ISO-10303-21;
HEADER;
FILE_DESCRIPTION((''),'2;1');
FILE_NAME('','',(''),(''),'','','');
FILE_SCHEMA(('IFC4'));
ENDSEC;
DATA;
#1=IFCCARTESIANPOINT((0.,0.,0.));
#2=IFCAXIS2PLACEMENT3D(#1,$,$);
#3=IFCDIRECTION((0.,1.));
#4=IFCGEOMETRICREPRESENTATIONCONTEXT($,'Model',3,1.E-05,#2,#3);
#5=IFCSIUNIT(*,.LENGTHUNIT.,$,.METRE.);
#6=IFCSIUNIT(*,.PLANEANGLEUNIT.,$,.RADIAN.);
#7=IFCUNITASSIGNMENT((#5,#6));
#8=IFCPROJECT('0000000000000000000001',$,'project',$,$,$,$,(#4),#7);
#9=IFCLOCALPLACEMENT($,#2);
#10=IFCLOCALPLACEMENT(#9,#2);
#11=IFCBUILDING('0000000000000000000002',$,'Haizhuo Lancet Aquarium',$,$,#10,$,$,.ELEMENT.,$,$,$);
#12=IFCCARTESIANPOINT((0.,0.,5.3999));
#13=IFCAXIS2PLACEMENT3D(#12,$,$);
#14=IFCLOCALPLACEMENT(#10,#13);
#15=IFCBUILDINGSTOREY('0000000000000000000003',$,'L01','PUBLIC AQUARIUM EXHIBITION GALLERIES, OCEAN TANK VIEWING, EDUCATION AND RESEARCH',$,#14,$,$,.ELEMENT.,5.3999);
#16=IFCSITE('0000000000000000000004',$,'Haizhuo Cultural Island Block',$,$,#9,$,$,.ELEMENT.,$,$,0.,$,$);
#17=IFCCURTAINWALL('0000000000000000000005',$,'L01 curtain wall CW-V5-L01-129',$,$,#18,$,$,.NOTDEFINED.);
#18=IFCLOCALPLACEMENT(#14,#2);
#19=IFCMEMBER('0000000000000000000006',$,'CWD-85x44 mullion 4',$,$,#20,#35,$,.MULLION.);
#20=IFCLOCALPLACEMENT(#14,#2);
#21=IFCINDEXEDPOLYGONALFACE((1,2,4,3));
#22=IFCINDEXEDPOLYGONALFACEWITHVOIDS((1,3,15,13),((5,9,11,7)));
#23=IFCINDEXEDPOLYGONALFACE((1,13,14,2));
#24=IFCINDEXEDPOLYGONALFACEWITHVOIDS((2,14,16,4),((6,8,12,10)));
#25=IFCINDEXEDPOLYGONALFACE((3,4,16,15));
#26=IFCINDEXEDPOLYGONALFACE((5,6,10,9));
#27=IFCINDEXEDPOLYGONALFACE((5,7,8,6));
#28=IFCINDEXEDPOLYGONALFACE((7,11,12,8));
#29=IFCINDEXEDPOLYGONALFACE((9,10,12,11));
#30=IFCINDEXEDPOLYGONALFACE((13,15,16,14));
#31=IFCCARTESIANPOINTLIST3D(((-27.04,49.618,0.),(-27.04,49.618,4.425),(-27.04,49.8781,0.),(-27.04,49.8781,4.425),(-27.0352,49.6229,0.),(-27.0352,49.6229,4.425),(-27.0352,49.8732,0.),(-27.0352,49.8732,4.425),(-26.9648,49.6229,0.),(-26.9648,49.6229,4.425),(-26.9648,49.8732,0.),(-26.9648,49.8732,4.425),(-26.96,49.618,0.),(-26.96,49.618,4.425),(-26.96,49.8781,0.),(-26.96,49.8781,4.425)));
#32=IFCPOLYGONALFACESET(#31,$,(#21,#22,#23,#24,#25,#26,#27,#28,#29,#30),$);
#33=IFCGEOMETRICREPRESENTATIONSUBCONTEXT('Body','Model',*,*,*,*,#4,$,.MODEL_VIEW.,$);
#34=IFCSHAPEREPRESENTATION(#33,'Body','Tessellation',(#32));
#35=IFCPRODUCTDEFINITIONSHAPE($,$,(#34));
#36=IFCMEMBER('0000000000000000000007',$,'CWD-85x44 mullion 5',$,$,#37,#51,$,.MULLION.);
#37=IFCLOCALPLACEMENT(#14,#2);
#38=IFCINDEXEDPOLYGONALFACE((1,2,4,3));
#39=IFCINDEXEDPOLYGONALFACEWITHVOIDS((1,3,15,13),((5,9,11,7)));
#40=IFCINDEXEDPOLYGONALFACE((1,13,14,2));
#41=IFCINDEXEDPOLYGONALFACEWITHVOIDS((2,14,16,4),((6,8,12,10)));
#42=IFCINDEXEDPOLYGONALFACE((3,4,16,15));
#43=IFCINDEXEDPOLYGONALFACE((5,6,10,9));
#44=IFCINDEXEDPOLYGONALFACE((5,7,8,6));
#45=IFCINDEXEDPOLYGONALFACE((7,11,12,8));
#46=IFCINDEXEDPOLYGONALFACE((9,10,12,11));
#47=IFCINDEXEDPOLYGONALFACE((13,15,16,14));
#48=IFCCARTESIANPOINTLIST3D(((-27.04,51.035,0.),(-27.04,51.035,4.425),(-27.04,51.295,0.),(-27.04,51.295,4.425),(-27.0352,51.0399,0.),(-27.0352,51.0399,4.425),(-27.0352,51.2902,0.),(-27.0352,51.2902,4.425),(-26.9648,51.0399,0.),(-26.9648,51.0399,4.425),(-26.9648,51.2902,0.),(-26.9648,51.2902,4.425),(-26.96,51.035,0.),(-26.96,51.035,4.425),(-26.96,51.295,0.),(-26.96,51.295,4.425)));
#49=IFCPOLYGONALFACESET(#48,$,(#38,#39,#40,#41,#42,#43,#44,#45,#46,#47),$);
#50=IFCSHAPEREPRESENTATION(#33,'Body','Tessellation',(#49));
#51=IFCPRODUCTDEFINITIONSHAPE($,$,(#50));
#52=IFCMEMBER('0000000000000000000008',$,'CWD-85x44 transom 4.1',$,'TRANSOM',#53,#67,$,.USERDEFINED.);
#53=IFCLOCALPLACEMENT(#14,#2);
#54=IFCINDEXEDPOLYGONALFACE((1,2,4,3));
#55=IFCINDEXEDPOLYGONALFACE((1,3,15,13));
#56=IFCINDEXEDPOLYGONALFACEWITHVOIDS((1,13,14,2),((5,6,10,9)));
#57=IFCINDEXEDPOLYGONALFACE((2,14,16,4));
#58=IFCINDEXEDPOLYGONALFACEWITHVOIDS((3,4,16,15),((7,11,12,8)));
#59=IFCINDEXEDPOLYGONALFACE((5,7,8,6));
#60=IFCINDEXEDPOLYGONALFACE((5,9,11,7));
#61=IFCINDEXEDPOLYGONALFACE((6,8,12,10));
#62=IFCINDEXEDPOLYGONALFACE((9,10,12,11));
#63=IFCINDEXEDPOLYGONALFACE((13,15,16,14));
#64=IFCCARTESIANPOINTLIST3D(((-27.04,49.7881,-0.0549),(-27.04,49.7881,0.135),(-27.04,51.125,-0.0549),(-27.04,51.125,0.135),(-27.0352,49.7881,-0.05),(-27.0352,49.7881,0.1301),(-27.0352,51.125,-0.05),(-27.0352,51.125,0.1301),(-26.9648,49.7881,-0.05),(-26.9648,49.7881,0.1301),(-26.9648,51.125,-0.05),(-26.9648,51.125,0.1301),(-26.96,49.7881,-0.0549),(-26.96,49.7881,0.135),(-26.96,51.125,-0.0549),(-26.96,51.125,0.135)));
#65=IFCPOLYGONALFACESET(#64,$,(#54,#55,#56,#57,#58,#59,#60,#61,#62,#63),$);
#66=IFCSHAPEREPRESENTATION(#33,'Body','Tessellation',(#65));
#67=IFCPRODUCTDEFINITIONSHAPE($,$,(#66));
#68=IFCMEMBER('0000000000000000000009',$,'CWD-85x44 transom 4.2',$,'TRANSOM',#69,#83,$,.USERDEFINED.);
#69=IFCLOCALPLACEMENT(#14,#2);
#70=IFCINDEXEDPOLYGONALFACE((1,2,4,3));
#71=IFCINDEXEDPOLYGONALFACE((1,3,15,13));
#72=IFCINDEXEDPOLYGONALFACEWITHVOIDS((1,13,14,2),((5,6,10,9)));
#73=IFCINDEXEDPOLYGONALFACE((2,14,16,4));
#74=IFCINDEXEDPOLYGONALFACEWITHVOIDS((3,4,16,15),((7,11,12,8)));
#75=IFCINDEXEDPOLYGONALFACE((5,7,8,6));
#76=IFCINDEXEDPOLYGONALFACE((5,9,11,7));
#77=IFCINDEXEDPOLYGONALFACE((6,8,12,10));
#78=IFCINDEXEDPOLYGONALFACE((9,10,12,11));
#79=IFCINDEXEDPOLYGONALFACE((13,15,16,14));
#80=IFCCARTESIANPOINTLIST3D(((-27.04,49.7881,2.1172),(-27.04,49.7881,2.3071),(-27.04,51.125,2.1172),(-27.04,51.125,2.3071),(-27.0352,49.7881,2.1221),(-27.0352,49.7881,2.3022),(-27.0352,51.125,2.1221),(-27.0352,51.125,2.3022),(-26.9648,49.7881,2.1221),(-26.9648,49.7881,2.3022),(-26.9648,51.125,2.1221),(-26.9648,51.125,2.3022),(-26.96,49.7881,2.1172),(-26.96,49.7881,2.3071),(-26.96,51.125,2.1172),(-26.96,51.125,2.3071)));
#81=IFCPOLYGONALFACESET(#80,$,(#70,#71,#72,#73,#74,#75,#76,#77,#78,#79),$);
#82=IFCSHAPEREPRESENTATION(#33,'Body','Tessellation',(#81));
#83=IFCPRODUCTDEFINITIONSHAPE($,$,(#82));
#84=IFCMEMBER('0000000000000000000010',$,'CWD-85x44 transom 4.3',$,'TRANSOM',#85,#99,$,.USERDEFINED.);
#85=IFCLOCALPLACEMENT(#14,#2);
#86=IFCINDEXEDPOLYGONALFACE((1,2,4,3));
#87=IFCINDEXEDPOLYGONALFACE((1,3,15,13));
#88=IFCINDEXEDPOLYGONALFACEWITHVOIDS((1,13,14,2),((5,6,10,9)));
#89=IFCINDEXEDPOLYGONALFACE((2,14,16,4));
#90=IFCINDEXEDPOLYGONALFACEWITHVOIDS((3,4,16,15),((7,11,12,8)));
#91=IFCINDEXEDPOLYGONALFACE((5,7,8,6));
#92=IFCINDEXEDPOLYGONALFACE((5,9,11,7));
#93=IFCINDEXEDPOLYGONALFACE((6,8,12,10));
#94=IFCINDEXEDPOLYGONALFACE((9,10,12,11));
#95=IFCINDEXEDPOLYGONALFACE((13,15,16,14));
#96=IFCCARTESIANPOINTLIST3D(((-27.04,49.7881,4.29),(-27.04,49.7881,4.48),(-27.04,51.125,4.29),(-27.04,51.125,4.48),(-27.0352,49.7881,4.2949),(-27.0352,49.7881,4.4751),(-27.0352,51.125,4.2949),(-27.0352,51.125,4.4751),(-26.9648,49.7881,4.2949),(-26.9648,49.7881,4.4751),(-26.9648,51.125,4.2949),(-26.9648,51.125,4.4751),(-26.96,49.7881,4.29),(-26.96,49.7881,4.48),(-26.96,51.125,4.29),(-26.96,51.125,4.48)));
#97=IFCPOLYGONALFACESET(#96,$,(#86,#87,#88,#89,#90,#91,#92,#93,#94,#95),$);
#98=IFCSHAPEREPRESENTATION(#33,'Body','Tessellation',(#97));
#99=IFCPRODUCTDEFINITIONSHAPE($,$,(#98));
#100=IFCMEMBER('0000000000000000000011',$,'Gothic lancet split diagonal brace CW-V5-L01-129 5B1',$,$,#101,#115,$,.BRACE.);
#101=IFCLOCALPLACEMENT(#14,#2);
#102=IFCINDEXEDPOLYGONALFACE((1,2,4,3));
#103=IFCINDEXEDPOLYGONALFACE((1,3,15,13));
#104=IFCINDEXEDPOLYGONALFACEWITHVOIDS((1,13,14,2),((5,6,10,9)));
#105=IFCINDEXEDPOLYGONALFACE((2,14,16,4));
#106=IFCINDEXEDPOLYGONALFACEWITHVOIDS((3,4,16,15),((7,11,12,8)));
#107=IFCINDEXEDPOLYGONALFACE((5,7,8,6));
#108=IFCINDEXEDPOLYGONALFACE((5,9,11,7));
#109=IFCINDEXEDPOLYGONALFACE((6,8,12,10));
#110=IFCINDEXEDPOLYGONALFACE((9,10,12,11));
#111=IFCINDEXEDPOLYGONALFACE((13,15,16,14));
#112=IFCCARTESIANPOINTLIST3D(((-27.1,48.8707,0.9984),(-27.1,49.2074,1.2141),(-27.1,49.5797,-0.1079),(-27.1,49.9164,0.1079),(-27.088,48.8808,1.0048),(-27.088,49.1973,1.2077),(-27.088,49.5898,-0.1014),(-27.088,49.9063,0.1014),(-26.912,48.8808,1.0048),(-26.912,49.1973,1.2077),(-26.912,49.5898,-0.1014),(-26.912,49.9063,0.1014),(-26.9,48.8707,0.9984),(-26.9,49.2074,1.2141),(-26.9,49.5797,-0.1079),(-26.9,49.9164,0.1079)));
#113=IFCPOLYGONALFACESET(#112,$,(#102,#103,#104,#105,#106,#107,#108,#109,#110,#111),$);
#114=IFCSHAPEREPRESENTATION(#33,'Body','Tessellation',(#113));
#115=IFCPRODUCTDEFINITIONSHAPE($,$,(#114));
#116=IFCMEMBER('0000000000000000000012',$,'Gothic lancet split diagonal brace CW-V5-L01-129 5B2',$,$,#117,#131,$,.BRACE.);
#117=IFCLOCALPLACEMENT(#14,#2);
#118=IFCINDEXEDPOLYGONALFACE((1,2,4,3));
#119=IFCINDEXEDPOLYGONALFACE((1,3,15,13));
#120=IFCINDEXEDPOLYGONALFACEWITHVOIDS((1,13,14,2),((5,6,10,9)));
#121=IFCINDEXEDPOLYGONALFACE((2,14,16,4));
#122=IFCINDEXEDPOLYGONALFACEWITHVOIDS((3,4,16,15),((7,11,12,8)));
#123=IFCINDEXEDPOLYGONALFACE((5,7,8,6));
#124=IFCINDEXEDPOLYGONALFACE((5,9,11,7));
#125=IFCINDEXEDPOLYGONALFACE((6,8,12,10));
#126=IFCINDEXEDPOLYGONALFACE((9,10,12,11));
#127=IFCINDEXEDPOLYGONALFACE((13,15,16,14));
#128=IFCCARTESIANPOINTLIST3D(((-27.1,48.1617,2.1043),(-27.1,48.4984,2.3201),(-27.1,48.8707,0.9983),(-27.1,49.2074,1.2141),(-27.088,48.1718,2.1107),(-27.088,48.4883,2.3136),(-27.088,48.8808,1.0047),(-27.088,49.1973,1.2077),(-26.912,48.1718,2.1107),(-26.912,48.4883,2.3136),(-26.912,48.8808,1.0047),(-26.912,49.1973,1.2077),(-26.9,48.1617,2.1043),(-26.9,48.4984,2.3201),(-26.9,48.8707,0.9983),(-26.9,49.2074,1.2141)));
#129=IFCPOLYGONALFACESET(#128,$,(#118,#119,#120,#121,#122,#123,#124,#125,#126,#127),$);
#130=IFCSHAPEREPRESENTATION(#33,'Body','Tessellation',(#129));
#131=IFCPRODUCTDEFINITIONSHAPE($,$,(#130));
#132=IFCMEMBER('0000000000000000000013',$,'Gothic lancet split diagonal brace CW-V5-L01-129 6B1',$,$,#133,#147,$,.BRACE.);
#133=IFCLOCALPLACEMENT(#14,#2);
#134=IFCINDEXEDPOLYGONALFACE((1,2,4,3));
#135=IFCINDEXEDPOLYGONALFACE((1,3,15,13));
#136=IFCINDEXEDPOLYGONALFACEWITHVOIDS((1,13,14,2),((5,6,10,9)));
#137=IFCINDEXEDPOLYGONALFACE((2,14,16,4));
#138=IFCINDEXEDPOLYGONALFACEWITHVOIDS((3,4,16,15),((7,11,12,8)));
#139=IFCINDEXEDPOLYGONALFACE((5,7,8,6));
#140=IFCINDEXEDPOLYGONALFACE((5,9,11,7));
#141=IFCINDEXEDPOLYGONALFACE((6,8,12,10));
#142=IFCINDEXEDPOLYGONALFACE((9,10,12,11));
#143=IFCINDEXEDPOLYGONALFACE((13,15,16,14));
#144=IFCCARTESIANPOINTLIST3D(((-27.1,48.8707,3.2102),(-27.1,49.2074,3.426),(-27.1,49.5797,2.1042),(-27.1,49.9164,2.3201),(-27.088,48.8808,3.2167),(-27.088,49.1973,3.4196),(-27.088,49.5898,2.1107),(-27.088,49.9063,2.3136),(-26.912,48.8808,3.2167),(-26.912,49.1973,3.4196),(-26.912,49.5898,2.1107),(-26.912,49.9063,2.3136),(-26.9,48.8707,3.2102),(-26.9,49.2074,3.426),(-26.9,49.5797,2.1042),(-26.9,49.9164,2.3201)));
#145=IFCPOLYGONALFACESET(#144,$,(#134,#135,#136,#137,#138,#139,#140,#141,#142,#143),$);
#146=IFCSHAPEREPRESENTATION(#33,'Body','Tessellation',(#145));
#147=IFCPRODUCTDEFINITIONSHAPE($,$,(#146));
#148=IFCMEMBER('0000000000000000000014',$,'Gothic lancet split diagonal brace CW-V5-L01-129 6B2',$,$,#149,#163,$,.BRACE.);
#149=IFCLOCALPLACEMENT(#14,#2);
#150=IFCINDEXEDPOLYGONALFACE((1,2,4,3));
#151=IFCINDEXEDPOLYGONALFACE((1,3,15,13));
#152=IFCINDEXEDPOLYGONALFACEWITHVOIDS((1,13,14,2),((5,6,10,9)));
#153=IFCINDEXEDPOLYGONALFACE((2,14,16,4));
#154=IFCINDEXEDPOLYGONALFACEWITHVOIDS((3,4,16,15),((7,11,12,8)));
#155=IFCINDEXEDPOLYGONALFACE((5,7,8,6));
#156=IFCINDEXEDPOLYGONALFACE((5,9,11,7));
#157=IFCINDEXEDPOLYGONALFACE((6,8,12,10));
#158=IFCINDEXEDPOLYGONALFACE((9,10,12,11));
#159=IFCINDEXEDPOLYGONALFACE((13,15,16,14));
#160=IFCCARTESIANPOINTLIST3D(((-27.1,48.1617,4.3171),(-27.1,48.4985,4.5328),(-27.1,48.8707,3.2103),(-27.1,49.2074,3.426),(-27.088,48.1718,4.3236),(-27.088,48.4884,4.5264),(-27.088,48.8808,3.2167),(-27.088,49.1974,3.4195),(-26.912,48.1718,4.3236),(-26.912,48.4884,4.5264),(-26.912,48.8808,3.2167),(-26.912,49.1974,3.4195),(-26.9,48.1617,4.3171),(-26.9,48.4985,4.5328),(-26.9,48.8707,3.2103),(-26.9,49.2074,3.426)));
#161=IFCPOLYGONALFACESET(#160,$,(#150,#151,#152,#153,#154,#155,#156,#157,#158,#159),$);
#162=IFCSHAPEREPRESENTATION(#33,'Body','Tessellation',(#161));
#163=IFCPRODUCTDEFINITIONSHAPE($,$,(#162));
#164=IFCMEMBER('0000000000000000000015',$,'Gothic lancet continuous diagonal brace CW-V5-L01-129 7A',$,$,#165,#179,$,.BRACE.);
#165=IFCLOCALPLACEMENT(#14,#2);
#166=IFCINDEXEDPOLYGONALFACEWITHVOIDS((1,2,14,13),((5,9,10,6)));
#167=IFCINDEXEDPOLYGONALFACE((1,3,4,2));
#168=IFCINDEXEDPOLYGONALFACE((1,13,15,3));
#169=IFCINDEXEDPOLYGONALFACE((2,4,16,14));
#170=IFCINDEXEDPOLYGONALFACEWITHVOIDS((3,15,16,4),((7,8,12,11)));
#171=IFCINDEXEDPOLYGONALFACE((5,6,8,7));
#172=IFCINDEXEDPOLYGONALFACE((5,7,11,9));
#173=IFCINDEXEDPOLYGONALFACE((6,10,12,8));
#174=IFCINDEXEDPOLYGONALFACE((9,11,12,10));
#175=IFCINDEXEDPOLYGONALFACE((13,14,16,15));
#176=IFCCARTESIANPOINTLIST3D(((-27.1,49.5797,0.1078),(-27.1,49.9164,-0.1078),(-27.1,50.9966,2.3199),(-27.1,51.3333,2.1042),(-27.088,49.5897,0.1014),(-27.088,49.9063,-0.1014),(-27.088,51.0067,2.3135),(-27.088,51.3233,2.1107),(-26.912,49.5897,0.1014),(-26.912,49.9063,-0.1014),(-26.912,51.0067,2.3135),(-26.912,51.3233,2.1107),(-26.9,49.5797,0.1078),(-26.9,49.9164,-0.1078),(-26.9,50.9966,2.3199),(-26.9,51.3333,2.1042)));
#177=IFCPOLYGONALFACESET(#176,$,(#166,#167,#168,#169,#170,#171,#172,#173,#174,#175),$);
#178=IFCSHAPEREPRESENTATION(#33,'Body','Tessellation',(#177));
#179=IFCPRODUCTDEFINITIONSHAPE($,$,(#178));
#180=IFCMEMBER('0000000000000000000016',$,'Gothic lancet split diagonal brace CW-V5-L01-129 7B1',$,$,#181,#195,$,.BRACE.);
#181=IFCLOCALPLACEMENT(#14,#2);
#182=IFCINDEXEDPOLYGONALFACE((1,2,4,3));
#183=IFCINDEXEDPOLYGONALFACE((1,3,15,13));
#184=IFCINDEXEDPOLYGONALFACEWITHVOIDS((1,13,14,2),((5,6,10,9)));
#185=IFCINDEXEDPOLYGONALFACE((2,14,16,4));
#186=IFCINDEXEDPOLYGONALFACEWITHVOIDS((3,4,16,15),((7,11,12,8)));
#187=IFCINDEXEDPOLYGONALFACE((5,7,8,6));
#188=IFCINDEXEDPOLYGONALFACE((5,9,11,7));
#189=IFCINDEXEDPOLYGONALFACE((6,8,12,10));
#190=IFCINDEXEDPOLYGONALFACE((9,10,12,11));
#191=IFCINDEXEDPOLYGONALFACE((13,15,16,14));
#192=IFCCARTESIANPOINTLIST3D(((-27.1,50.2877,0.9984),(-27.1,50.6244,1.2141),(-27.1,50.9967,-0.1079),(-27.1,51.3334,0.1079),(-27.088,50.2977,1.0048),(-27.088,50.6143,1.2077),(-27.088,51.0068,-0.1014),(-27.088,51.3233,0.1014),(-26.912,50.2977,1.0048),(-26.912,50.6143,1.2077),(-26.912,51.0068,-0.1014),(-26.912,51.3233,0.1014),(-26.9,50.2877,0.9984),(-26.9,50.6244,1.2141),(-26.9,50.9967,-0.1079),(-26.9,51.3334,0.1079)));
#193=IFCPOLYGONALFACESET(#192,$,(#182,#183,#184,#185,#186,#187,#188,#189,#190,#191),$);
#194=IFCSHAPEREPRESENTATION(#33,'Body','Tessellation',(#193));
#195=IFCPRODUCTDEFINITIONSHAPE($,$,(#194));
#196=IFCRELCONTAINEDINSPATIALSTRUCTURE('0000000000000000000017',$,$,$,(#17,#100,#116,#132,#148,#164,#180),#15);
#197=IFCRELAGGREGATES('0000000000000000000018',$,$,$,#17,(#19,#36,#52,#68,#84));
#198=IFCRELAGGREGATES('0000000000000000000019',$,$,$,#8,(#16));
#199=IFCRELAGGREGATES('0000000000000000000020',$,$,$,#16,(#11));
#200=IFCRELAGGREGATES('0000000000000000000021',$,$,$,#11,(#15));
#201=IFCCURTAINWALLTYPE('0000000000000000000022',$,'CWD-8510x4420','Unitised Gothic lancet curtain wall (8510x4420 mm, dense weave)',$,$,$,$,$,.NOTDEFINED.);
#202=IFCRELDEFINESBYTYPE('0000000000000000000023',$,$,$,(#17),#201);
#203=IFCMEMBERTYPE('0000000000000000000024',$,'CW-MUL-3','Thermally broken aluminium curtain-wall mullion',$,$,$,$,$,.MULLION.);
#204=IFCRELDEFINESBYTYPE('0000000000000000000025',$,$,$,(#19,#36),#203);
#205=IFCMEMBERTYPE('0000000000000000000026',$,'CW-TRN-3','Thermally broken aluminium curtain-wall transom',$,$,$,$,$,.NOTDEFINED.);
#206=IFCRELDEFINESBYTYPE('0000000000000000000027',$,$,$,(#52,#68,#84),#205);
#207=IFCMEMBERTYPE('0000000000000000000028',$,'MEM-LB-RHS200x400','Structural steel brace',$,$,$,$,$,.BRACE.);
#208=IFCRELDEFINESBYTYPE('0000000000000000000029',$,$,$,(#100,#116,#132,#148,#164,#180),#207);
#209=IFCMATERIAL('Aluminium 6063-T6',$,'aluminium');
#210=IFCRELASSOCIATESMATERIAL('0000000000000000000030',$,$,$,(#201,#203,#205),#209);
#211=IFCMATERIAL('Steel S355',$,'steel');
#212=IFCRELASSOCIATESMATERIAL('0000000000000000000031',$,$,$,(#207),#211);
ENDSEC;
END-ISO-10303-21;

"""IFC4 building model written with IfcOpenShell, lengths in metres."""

from ifc_helpers import new_model, si_unit, direction, frame, origin, origin_2d, place, context, subcontext, project, spatial, hollow_rectangle, extrude, material, material_profile, profile_set, type_object, element, aggregate, save


model = new_model("IFC4")

# Units and contexts
model_context = context("Model", 3, precision=1e-05, world=origin(), true_north=direction((0.0, 1.0)))
body_context = subcontext(model_context, "Body", "Model", "MODEL_VIEW")
ifc_project = project(units=[si_unit("LENGTHUNIT", "METRE"), si_unit("PLANEANGLEUNIT", "RADIAN")], contexts=[model_context])

# Site, building, storey
site_placement = place(None, origin())
site = spatial("IfcSite", under=ifc_project, at=site_placement, Name="Haizhuo Cultural Island Block", CompositionType="ELEMENT", RefElevation=0.0)
building_placement = place(site_placement, origin())
building = spatial("IfcBuilding", under=site, at=building_placement, Name="Haizhuo Lancet Aquarium", CompositionType="ELEMENT")
storey_placement = place(building_placement, frame((0.0, 0.0, 5.3999)))
storey = spatial("IfcBuildingStorey", under=building, at=storey_placement, Name="L01", Description="PUBLIC AQUARIUM EXHIBITION GALLERIES, OCEAN TANK VIEWING, EDUCATION AND RESEARCH", CompositionType="ELEMENT", Elevation=5.3999)

# Curtain wall, members
ifc_material_1 = material(Name="Aluminium 6063-T6", Category="aluminium")
curtain_wall_type = type_object("IfcCurtainWallType", Name="CWD-8510x4420", Description="Unitised Gothic lancet curtain wall (8510x4420 mm, dense weave)", PredefinedType="NOTDEFINED", material=ifc_material_1)
curtain_wall_placement = place(storey_placement, origin())
curtain_wall = element("IfcCurtainWall", 1, at=curtain_wall_placement, inside=storey, type_object=curtain_wall_type, Name="L01 curtain wall CW-V5-L01-129", PredefinedType="NOTDEFINED")
ifc_material_profile_1 = material_profile(ifc_material_1, hollow_rectangle(XDim=0.0801, YDim=0.26, WallThickness=0.0049, at=origin_2d()), Name="ALU-M 80x260x5")
ifc_profile_set_1 = profile_set([ifc_material_profile_1], Name="Aluminium 6063-T6")
member_type_1 = type_object("IfcMemberType", Name="CW-MUL-3", Description="Thermally broken aluminium curtain-wall mullion", PredefinedType="MULLION", material=ifc_profile_set_1)
member_1_placement = place(storey_placement, frame((-27.0, 49.748, 0.0), z_axis=(0.0, 0.0, 1.0), x_axis=(-1.0, 0.0, 0.0)))
member_1 = element("IfcMember", 2, at=member_1_placement, type_object=member_type_1, Name="CWD-85x44 mullion 4", PredefinedType="MULLION", context=body_context, shape_type="SweptSolid", body=[
    extrude(hollow_rectangle(XDim=0.0801, YDim=0.26, WallThickness=0.0049, at=origin_2d()), origin(), (0.0, 0.0, 1.0), 4.425),
])
member_2_placement = place(storey_placement, frame((-27.0, 51.165, 0.0), z_axis=(0.0, 0.0, 1.0), x_axis=(-1.0, 0.0, 0.0)))
member_2 = element("IfcMember", 3, at=member_2_placement, type_object=member_type_1, Name="CWD-85x44 mullion 5", PredefinedType="MULLION", context=body_context, shape_type="SweptSolid", body=[
    extrude(hollow_rectangle(XDim=0.0801, YDim=0.26, WallThickness=0.0049, at=origin_2d()), origin(), (0.0, 0.0, 1.0), 4.425),
])
ifc_material_profile_2 = material_profile(ifc_material_1, hollow_rectangle(XDim=0.0801, YDim=0.1899, WallThickness=0.0049, at=origin_2d()), Name="ALU-T 80x190x5")
ifc_profile_set_2 = profile_set([ifc_material_profile_2], Name="Aluminium 6063-T6")
member_type_2 = type_object("IfcMemberType", Name="CW-TRN-3", Description="Thermally broken aluminium curtain-wall transom", PredefinedType="NOTDEFINED", material=ifc_profile_set_2)
member_3_placement = place(storey_placement, frame((-27.0, 49.7881, 0.04), z_axis=(0.0, 1.0, 0.0), x_axis=(-1.0, 0.0, 0.0)))
member_3 = element("IfcMember", 4, at=member_3_placement, type_object=member_type_2, Name="CWD-85x44 transom 4.1", ObjectType="TRANSOM", PredefinedType="USERDEFINED", context=body_context, shape_type="SweptSolid", body=[
    extrude(hollow_rectangle(XDim=0.0801, YDim=0.1899, WallThickness=0.0049, at=origin_2d()), origin(), (0.0, 0.0, 1.0), 1.3369),
])
member_4_placement = place(storey_placement, frame((-27.0, 49.7881, 2.2122), z_axis=(0.0, 1.0, 0.0), x_axis=(-1.0, 0.0, 0.0)))
member_4 = element("IfcMember", 5, at=member_4_placement, type_object=member_type_2, Name="CWD-85x44 transom 4.2", ObjectType="TRANSOM", PredefinedType="USERDEFINED", context=body_context, shape_type="SweptSolid", body=[
    extrude(hollow_rectangle(XDim=0.0801, YDim=0.1899, WallThickness=0.0049, at=origin_2d()), origin(), (0.0, 0.0, 1.0), 1.3369),
])
member_5_placement = place(storey_placement, frame((-27.0, 49.7881, 4.385), z_axis=(0.0, 1.0, 0.0), x_axis=(-1.0, 0.0, 0.0)))
member_5 = element("IfcMember", 6, at=member_5_placement, type_object=member_type_2, Name="CWD-85x44 transom 4.3", ObjectType="TRANSOM", PredefinedType="USERDEFINED", context=body_context, shape_type="SweptSolid", body=[
    extrude(hollow_rectangle(XDim=0.0801, YDim=0.1899, WallThickness=0.0049, at=origin_2d()), origin(), (0.0, 0.0, 1.0), 1.3369),
])

# Members
ifc_material_2 = material(Name="Steel S355", Category="steel")
ifc_material_profile_3 = material_profile(ifc_material_2, hollow_rectangle(XDim=0.2, YDim=0.3999, WallThickness=0.012, at=origin_2d()), Name="RHS 200x400x12")
ifc_profile_set_3 = profile_set([ifc_material_profile_3], Name="Steel S355")
member_type_3 = type_object("IfcMemberType", Name="MEM-LB-RHS200x400", Description="Structural steel brace", PredefinedType="BRACE", material=ifc_profile_set_3)
member_6_placement = place(storey_placement, frame((-27.0, 49.748, 0.0), z_axis=(0.0, -0.539602, 0.84192), x_axis=(1.0, 0.0, 0.0)))
element("IfcMember", 7, at=member_6_placement, inside=storey, type_object=member_type_3, Name="Gothic lancet split diagonal brace CW-V5-L01-129 5B1", PredefinedType="BRACE", context=body_context, shape_type="SweptSolid", body=[
    extrude(hollow_rectangle(XDim=0.2, YDim=0.3999, WallThickness=0.012, at=origin_2d()), origin(), (0.0, 0.0, 1.0), 1.314),
])
for number, where, z_axis, x_axis, name in (
    (8, (-27.0, 49.0391, 1.1062), (0.0, -0.539686, 0.841866), (1.0, 0.0, 0.0), "Gothic lancet split diagonal brace CW-V5-L01-129 5B2"),
    (9, (-27.0, 49.748, 2.2122), (0.0, -0.539686, 0.841866), (1.0, 0.0, 0.0), "Gothic lancet split diagonal brace CW-V5-L01-129 6B1"),
):
    element("IfcMember", number, at=place(storey_placement, frame(where, z_axis=z_axis, x_axis=x_axis)), inside=storey, type_object=member_type_3, Name=name, PredefinedType="BRACE", context=body_context, shape_type="SweptSolid", body=[
        extrude(hollow_rectangle(XDim=0.2, YDim=0.3999, WallThickness=0.012, at=origin_2d()), origin(), (0.0, 0.0, 1.0), 1.3137),
    ])
member_7_placement = place(storey_placement, frame((-27.0, 49.0391, 3.3181), z_axis=(0.0, -0.539349, 0.842082), x_axis=(1.0, 0.0, 0.0)))
element("IfcMember", 10, at=member_7_placement, inside=storey, type_object=member_type_3, Name="Gothic lancet split diagonal brace CW-V5-L01-129 6B2", PredefinedType="BRACE", context=body_context, shape_type="SweptSolid", body=[
    extrude(hollow_rectangle(XDim=0.2, YDim=0.3999, WallThickness=0.012, at=origin_2d()), origin(), (0.0, 0.0, 1.0), 1.3145),
])
member_8_placement = place(storey_placement, frame((-27.0, 49.748, 0.0), z_axis=(0.0, 0.539381, 0.842062), x_axis=(-1.0, 0.0, 0.0)))
element("IfcMember", 11, at=member_8_placement, inside=storey, type_object=member_type_3, Name="Gothic lancet continuous diagonal brace CW-V5-L01-129 7A", PredefinedType="BRACE", context=body_context, shape_type="SweptSolid", body=[
    extrude(hollow_rectangle(XDim=0.2, YDim=0.3999, WallThickness=0.012, at=origin_2d()), origin(), (0.0, 0.0, 1.0), 2.627),
])
member_9_placement = place(storey_placement, frame((-27.0, 51.165, 0.0), z_axis=(0.0, -0.539602, 0.84192), x_axis=(1.0, 0.0, 0.0)))
element("IfcMember", 12, at=member_9_placement, inside=storey, type_object=member_type_3, Name="Gothic lancet split diagonal brace CW-V5-L01-129 7B1", PredefinedType="BRACE", context=body_context, shape_type="SweptSolid", body=[
    extrude(hollow_rectangle(XDim=0.2, YDim=0.3999, WallThickness=0.012, at=origin_2d()), origin(), (0.0, 0.0, 1.0), 1.314),
])

aggregate(curtain_wall, [member_1, member_2, member_3, member_4, member_5])

save(model, "model.ifc")
